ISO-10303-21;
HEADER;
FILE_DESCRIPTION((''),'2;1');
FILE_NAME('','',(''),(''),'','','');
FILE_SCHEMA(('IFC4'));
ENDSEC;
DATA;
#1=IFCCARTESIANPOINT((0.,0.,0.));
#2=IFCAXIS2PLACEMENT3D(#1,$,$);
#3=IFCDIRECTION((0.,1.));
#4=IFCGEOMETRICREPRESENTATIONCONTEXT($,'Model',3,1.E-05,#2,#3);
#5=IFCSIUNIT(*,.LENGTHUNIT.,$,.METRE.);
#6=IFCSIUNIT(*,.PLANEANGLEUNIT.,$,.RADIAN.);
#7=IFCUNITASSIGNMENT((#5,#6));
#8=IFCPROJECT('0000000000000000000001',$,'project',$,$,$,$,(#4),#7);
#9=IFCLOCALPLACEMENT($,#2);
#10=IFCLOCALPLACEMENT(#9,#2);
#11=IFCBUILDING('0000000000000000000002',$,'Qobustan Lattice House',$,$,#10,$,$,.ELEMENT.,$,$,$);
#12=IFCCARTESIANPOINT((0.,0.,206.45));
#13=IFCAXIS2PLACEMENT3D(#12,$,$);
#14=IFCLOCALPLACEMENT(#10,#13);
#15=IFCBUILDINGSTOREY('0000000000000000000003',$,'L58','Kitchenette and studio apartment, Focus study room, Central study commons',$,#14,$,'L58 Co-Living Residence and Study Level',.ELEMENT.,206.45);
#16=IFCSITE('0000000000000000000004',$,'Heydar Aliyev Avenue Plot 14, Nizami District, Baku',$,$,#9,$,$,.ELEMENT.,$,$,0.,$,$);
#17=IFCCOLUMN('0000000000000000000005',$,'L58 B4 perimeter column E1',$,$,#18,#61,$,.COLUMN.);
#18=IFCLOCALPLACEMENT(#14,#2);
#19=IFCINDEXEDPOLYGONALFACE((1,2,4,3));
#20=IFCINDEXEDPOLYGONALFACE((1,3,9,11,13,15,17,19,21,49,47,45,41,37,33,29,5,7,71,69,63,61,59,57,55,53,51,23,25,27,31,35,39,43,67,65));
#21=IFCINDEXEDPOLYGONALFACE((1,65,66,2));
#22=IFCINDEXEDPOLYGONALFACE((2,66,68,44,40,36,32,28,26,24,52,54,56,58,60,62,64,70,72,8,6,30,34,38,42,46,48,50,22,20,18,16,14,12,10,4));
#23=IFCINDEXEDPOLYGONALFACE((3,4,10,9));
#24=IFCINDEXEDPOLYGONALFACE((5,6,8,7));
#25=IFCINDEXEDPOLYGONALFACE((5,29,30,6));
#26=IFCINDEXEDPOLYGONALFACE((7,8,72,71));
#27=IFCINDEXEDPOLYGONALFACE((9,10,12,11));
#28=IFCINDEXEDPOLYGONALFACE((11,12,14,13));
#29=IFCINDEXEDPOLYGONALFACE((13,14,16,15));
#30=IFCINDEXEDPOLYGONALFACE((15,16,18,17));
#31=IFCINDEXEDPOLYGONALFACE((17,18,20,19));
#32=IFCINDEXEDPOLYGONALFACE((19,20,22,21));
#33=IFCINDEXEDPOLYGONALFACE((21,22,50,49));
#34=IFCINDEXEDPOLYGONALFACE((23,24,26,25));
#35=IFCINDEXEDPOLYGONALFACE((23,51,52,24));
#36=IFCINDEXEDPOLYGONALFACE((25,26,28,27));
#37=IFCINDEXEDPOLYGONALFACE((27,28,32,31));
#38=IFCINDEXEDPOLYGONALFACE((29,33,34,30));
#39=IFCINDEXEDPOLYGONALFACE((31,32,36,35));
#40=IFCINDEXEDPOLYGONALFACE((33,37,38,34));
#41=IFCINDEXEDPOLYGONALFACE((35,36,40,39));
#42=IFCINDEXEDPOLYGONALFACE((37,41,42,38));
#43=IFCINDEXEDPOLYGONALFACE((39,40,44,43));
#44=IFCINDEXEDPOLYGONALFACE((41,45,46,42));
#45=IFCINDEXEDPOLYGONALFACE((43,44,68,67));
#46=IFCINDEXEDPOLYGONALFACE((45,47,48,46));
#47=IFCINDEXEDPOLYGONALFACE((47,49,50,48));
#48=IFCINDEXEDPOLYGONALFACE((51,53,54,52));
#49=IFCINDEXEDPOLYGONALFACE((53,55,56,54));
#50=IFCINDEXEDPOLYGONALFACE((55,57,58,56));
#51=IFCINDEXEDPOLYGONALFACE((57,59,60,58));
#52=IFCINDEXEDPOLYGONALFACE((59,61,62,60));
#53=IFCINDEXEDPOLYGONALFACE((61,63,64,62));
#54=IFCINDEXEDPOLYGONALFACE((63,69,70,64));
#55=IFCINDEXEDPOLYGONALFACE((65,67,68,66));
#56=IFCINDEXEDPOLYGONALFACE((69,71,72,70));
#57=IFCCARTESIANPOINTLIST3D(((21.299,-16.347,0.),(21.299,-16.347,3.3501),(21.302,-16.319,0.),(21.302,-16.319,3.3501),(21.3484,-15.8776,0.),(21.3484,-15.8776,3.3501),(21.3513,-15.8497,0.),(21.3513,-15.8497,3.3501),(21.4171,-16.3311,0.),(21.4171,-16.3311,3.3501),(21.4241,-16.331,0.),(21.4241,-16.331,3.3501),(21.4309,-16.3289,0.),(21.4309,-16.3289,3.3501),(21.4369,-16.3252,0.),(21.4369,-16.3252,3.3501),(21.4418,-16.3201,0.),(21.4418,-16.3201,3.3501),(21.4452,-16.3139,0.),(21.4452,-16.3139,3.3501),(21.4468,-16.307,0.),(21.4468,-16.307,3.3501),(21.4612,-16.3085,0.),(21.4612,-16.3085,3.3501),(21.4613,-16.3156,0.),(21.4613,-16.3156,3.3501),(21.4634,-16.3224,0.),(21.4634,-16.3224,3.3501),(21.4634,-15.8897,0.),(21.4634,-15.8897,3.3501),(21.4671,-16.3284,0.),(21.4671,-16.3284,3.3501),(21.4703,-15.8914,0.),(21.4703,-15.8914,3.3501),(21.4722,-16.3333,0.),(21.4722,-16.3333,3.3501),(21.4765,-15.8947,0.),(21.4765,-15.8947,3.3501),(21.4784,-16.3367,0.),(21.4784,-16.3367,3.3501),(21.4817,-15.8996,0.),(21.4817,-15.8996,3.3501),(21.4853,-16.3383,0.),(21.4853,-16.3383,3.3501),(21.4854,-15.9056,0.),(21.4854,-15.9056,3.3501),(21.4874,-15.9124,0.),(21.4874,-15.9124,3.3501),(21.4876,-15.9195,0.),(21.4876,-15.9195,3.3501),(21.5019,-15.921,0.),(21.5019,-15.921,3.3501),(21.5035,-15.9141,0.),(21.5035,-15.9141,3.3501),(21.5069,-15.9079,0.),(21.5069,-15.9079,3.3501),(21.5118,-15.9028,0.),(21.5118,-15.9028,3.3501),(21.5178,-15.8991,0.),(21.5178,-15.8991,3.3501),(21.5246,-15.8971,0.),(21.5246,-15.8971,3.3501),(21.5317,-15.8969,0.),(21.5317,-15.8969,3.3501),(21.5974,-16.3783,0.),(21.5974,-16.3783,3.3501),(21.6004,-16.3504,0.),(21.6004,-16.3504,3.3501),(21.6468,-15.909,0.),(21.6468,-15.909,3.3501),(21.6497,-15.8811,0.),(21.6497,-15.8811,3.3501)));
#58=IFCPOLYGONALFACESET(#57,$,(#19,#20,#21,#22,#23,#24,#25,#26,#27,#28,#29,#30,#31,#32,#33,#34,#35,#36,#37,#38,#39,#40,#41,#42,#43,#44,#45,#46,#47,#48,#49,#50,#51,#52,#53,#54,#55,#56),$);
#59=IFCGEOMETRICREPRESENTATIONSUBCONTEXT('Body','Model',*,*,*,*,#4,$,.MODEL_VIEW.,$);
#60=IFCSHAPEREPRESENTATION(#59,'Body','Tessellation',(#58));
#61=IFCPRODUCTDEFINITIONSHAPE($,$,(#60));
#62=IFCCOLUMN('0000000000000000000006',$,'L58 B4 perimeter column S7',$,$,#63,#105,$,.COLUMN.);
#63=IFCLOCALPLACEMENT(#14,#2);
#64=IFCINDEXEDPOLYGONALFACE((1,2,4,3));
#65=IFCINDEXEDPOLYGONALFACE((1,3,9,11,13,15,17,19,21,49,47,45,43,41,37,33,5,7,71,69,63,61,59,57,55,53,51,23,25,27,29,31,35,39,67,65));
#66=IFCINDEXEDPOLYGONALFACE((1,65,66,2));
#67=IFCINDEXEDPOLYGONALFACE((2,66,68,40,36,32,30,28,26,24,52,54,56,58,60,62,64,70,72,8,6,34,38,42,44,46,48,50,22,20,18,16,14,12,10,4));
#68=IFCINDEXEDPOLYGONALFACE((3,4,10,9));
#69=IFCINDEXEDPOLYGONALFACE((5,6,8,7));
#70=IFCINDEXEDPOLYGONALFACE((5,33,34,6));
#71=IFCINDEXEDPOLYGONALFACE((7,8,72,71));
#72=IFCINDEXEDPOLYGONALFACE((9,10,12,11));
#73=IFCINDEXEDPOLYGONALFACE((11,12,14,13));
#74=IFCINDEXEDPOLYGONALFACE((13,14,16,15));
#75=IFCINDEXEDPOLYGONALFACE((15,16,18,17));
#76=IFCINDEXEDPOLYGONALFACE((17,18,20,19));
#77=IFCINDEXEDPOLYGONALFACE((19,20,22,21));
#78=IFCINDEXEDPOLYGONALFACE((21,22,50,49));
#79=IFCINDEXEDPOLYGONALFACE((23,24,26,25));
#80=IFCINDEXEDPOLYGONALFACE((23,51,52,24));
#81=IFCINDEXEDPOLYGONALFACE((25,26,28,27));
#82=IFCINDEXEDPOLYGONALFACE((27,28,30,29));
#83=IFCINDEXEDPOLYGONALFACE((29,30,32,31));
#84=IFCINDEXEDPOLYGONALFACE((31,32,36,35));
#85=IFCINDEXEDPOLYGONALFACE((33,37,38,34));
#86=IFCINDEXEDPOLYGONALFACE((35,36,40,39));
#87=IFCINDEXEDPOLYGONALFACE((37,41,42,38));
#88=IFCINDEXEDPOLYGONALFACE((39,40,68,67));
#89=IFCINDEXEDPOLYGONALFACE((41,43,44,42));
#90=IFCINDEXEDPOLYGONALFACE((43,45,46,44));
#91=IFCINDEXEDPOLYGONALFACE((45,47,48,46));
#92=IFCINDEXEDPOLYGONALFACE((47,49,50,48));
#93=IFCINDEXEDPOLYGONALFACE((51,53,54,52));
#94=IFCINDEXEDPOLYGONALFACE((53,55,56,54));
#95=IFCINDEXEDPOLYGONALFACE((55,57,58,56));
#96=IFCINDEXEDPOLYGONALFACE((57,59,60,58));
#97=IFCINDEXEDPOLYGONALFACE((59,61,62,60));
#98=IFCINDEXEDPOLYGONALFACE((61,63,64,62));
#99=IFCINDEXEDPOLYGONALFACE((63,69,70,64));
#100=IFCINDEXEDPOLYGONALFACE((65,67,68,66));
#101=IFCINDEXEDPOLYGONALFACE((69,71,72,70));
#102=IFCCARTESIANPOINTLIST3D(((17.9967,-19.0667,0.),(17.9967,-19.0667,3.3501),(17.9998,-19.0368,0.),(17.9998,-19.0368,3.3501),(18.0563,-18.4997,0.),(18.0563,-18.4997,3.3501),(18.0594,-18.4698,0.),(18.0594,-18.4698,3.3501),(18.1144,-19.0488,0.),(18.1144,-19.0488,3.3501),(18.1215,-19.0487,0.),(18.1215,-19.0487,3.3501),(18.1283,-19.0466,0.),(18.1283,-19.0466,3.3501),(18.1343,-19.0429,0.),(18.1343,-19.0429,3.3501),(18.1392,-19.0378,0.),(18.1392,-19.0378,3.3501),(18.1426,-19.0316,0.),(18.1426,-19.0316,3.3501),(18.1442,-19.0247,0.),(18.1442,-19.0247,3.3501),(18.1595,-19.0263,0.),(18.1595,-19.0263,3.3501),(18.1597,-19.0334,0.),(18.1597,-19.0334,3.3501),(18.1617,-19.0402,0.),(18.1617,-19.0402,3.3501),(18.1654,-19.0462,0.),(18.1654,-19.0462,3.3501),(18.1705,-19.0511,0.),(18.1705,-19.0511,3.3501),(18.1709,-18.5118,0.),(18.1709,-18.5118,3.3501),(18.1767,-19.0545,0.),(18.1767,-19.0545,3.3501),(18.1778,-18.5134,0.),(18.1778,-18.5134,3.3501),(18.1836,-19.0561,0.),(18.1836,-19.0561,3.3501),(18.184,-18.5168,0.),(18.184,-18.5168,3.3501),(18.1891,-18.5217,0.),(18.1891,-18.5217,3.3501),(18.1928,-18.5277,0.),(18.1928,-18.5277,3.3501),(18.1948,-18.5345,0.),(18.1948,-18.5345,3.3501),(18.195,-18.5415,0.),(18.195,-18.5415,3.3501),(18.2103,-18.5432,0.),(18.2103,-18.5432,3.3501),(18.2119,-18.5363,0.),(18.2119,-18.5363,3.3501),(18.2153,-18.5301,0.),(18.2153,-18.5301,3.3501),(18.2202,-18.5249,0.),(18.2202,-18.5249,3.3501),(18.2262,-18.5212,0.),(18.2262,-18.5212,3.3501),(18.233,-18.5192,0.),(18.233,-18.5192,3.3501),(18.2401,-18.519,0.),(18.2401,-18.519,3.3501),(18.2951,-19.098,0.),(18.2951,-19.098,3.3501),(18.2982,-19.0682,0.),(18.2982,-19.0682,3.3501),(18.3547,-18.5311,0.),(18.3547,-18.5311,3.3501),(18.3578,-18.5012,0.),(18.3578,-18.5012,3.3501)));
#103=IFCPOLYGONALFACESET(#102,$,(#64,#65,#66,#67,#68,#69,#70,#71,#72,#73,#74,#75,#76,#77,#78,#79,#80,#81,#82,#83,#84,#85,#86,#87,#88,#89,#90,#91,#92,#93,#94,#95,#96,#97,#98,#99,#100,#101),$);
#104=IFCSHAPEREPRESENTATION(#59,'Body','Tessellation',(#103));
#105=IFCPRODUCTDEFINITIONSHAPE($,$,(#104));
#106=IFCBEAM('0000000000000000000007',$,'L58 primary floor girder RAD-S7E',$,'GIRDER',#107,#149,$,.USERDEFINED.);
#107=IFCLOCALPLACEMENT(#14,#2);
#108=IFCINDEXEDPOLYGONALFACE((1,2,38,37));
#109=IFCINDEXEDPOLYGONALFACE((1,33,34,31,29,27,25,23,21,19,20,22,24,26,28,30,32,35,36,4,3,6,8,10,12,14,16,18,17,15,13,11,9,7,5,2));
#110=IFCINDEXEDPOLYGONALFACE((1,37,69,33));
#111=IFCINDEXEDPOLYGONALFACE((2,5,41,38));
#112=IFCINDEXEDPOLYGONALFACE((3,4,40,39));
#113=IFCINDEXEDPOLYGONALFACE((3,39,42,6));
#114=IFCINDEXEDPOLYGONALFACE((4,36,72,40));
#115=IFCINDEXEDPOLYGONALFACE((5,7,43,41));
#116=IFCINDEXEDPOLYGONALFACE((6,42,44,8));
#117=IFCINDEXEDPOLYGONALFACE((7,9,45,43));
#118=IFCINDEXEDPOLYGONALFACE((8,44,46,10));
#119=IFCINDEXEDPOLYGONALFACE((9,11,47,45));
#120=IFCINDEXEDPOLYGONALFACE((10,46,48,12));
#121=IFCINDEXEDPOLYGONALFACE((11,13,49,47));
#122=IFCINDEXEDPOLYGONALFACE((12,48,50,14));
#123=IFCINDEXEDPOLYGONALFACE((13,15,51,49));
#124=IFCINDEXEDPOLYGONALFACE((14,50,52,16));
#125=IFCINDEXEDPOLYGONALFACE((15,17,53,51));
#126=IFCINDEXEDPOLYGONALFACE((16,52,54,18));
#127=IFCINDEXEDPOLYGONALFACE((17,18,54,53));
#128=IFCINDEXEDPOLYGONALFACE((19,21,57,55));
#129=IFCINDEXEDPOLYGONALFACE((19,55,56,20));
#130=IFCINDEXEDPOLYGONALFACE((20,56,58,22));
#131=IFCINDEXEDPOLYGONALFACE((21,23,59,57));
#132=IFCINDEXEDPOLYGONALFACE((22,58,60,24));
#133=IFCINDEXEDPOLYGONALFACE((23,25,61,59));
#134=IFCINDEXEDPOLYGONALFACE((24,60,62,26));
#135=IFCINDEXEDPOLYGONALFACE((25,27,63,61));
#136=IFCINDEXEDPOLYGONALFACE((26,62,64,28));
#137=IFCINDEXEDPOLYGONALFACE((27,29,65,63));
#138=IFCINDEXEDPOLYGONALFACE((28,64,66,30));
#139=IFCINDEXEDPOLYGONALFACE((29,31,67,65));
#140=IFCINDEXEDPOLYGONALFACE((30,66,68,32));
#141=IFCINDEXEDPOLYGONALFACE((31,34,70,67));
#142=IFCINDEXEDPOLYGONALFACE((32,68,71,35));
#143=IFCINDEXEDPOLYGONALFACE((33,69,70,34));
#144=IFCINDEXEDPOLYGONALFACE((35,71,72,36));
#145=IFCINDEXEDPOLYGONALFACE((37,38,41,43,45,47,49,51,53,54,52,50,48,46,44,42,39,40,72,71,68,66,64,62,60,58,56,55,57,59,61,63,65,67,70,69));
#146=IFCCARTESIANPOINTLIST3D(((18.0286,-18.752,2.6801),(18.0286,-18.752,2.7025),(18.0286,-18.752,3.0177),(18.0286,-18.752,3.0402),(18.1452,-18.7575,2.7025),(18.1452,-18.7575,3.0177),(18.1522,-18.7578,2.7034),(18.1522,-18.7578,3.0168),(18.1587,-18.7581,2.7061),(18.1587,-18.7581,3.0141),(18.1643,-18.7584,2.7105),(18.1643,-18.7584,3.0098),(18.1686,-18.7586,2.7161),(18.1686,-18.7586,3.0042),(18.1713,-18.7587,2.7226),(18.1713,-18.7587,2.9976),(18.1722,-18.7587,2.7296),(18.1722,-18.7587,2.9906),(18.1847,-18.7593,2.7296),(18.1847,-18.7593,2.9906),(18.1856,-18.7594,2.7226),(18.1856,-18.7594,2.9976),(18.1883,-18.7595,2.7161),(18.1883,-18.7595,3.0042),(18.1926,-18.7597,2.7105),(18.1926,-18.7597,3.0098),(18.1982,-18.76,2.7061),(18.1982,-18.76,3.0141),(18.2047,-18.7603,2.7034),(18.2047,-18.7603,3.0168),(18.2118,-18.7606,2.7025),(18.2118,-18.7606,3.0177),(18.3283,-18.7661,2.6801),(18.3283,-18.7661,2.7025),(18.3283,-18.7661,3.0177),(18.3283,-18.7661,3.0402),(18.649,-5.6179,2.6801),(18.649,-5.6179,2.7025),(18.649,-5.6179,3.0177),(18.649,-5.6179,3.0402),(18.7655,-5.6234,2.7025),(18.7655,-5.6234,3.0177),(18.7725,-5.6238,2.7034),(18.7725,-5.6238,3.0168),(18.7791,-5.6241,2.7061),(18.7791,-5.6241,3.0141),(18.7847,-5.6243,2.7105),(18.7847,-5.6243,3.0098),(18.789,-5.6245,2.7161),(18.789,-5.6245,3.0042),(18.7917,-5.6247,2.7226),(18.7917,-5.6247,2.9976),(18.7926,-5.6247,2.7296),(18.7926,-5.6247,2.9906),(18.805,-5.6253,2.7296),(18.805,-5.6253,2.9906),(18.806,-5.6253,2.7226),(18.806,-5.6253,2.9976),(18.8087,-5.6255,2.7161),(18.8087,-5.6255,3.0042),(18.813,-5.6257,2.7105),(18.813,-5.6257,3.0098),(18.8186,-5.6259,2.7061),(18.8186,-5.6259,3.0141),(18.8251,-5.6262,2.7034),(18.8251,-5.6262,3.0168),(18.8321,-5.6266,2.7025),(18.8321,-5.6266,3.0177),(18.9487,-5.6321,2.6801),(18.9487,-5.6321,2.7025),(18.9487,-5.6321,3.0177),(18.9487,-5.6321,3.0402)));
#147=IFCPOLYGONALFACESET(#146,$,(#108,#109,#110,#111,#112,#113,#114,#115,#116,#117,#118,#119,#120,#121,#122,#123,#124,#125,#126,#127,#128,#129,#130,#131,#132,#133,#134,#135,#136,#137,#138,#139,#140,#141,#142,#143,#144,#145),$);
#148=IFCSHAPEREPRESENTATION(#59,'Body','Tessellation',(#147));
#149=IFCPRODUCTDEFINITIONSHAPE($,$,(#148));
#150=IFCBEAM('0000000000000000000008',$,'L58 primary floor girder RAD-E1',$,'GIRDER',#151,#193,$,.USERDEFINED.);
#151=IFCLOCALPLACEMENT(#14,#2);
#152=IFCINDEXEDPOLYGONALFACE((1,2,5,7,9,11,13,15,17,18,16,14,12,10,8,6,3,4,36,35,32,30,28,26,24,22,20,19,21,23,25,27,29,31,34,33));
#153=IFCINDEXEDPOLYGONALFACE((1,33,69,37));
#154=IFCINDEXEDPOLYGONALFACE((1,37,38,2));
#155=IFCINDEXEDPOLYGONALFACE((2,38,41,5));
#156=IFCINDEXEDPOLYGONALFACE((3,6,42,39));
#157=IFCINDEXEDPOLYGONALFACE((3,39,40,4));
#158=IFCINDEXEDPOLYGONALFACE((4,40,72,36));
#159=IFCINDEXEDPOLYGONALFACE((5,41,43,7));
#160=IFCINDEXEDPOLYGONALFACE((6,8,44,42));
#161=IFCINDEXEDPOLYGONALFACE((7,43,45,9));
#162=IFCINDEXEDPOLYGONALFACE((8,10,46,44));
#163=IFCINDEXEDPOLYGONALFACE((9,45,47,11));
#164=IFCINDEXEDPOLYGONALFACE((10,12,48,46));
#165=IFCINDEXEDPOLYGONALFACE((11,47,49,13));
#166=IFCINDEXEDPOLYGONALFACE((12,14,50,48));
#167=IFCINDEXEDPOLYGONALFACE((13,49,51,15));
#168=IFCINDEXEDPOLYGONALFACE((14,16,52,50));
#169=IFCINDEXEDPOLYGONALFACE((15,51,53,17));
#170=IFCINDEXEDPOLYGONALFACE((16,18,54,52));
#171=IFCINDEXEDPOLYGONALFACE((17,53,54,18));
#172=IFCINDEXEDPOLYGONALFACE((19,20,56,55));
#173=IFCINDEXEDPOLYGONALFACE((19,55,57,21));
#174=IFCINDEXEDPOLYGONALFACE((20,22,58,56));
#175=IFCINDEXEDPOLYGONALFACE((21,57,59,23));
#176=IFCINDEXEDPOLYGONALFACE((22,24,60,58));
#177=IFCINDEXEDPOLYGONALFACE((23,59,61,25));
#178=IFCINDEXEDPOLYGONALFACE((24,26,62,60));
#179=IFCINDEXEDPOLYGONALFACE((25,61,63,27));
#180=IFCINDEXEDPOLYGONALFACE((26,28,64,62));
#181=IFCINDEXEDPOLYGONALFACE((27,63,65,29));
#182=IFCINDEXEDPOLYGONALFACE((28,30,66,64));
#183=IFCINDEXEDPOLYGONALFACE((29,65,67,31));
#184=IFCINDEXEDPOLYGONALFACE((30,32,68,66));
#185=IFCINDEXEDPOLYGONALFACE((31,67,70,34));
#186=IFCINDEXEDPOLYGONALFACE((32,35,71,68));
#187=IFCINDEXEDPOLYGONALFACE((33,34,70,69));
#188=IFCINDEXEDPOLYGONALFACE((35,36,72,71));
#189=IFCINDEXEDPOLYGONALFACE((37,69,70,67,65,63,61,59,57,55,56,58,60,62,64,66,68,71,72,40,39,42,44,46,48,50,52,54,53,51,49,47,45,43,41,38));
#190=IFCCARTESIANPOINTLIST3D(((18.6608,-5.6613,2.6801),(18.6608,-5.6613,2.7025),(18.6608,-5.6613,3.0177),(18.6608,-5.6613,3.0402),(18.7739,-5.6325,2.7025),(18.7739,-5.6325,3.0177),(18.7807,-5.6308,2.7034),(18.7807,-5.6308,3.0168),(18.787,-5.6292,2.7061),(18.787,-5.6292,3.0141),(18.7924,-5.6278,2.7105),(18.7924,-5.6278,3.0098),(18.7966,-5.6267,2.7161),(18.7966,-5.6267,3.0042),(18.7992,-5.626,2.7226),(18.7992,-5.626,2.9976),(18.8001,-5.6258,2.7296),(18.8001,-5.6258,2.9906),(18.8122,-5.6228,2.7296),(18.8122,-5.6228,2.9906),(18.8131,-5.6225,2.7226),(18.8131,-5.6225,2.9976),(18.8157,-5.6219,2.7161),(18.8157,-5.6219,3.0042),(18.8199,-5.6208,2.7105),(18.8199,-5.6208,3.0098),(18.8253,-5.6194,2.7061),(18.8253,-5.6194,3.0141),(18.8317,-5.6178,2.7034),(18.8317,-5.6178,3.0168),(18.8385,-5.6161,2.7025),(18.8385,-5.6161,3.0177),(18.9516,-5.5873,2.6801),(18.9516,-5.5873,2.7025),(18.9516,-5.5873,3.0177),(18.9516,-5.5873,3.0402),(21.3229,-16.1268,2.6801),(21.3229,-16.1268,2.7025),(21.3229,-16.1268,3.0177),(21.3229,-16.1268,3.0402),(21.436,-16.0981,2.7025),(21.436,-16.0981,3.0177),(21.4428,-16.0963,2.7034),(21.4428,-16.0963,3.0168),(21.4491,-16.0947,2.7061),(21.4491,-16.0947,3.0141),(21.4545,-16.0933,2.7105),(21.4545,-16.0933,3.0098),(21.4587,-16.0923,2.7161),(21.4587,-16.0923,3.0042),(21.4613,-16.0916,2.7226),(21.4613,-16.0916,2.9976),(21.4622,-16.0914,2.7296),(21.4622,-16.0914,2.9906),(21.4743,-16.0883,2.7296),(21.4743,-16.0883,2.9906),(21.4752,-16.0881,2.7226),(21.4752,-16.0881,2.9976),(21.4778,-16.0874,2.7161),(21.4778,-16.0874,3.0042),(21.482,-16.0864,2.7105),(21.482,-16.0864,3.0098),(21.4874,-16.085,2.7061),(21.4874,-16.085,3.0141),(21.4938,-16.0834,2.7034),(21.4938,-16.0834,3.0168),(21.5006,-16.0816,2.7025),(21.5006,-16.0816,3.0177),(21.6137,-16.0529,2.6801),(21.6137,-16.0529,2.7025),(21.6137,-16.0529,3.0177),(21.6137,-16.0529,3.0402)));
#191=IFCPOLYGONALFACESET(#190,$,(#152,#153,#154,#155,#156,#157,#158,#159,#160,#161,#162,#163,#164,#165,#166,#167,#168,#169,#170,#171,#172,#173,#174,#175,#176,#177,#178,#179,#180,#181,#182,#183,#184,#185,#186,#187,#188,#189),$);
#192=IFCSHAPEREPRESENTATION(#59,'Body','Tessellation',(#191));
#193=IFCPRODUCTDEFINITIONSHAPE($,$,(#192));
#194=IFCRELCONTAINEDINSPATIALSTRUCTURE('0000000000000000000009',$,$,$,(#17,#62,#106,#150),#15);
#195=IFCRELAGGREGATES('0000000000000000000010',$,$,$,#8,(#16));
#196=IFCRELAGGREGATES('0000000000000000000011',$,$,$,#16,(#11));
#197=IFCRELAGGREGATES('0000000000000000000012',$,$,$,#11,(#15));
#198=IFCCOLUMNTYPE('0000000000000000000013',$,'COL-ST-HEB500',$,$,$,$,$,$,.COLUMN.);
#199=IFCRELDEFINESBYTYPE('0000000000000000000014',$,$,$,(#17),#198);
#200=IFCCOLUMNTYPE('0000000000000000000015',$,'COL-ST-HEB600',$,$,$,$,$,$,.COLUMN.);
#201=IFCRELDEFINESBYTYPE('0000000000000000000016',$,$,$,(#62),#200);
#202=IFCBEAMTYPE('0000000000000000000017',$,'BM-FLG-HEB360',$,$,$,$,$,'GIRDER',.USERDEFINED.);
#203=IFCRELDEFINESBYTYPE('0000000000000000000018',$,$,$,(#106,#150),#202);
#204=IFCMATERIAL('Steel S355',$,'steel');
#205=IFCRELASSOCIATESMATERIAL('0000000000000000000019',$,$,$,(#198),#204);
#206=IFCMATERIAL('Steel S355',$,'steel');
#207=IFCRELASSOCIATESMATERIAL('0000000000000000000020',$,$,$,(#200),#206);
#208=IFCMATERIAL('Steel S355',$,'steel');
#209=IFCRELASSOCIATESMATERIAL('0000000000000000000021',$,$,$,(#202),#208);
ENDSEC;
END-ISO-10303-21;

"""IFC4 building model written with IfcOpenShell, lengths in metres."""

from ifc_helpers import new_model, si_unit, direction, frame, origin, origin_2d, place, context, subcontext, project, spatial, i_section, extrude, material, material_profile, profile_set, type_object, element, save


model = new_model("IFC4")

# Units and contexts
model_context = context("Model", 3, precision=1e-05, world=origin(), true_north=direction((0.0, 1.0)))
body_context = subcontext(model_context, "Body", "Model", "MODEL_VIEW")
ifc_project = project(units=[si_unit("LENGTHUNIT", "METRE"), si_unit("PLANEANGLEUNIT", "RADIAN")], contexts=[model_context])

# Site, building, storey
site_placement = place(None, origin())
site = spatial("IfcSite", under=ifc_project, at=site_placement, Name="Heydar Aliyev Avenue Plot 14, Nizami District, Baku", CompositionType="ELEMENT", RefElevation=0.0)
building_placement = place(site_placement, origin())
building = spatial("IfcBuilding", under=site, at=building_placement, Name="Qobustan Lattice House", CompositionType="ELEMENT")
storey_placement = place(building_placement, frame((0.0, 0.0, 206.45)))
storey = spatial("IfcBuildingStorey", under=building, at=storey_placement, Name="L58", Description="Kitchenette and studio apartment, Focus study room, Central study commons", LongName="L58 Co-Living Residence and Study Level", CompositionType="ELEMENT", Elevation=206.45)

# Columns
ifc_material_1 = material(Name="Steel S355", Category="steel")
ifc_material_profile_1 = material_profile(ifc_material_1, i_section(OverallWidth=0.3, OverallDepth=0.5, WebThickness=0.0144, FlangeThickness=0.0281, FilletRadius=0.0271, at=origin_2d()), Name="HEB500")
ifc_profile_set_1 = profile_set([ifc_material_profile_1], Name="Steel S355")
column_type_1 = type_object("IfcColumnType", Name="COL-ST-HEB500", PredefinedType="COLUMN", material=ifc_profile_set_1)
column_1_placement = place(storey_placement, frame((21.4744, -16.114, 0.0), z_axis=(0.0, 0.0, 1.0), x_axis=(0.994522, -0.104528, 0.0)))
element("IfcColumn", 1, at=column_1_placement, inside=storey, type_object=column_type_1, Name="L58 B4 perimeter column E1", PredefinedType="COLUMN", context=body_context, shape_type="SweptSolid", body=[
    extrude(i_section(OverallWidth=0.3, OverallDepth=0.5, WebThickness=0.0144, FlangeThickness=0.0281, FilletRadius=0.0271, at=origin_2d()), origin(), (0.0, 0.0, 1.0), 3.3501),
])
ifc_material_2 = material(Name="Steel S355", Category="steel")
ifc_material_profile_2 = material_profile(ifc_material_2, i_section(OverallWidth=0.3, OverallDepth=0.6001, WebThickness=0.0154, FlangeThickness=0.03, FilletRadius=0.0271, at=origin_2d()), Name="HEB600")
ifc_profile_set_2 = profile_set([ifc_material_profile_2], Name="Steel S355")
column_type_2 = type_object("IfcColumnType", Name="COL-ST-HEB600", PredefinedType="COLUMN", material=ifc_profile_set_2)
column_2_placement = place(storey_placement, frame((18.1772, -18.7839, 0.0), z_axis=(0.0, 0.0, 1.0), x_axis=(0.994522, -0.104528, 0.0)))
element("IfcColumn", 2, at=column_2_placement, inside=storey, type_object=column_type_2, Name="L58 B4 perimeter column S7", PredefinedType="COLUMN", context=body_context, shape_type="SweptSolid", body=[
    extrude(i_section(OverallWidth=0.3, OverallDepth=0.6001, WebThickness=0.0154, FlangeThickness=0.03, FilletRadius=0.0271, at=origin_2d()), origin(), (0.0, 0.0, 1.0), 3.3501),
])

# Beams
ifc_material_3 = material(Name="Steel S355", Category="steel")
ifc_material_profile_3 = material_profile(ifc_material_3, i_section(OverallWidth=0.3, OverallDepth=0.3601, WebThickness=0.0125, FlangeThickness=0.0225, FilletRadius=0.0271, at=origin_2d()), Name="HEB360")
ifc_profile_set_3 = profile_set([ifc_material_profile_3], Name="Steel S355")
beam_type_1 = type_object("IfcBeamType", Name="BM-FLG-HEB360", ElementType="GIRDER", PredefinedType="USERDEFINED", material=ifc_profile_set_3)
beam_1_placement = place(storey_placement, frame((18.1785, -18.759, 2.8601), z_axis=(0.047181, 0.998886, 0.0), x_axis=(-0.998886, 0.047181, 0.0)))
element("IfcBeam", 3, at=beam_1_placement, inside=storey, type_object=beam_type_1, Name="L58 primary floor girder RAD-S7E", ObjectType="GIRDER", PredefinedType="USERDEFINED", context=body_context, shape_type="SweptSolid", body=[
    extrude(i_section(OverallWidth=0.3, OverallDepth=0.3601, WebThickness=0.0125, FlangeThickness=0.0225, FilletRadius=0.0271, at=origin_2d()), origin(), (0.0, 0.0, 1.0), 13.1487),
])
beam_2_placement = place(storey_placement, frame((21.4683, -16.0898, 2.8601), z_axis=(-0.246518, 0.969138, 0.0), x_axis=(-0.969138, -0.246518, 0.0)))
element("IfcBeam", 4, at=beam_2_placement, inside=storey, type_object=beam_type_1, Name="L58 primary floor girder RAD-E1", ObjectType="GIRDER", PredefinedType="USERDEFINED", context=body_context, shape_type="SweptSolid", body=[
    extrude(i_section(OverallWidth=0.3, OverallDepth=0.3601, WebThickness=0.0125, FlangeThickness=0.0225, FilletRadius=0.0271, at=origin_2d()), origin(), (0.0, 0.0, 1.0), 10.7988),
])

save(model, "model.ifc")
